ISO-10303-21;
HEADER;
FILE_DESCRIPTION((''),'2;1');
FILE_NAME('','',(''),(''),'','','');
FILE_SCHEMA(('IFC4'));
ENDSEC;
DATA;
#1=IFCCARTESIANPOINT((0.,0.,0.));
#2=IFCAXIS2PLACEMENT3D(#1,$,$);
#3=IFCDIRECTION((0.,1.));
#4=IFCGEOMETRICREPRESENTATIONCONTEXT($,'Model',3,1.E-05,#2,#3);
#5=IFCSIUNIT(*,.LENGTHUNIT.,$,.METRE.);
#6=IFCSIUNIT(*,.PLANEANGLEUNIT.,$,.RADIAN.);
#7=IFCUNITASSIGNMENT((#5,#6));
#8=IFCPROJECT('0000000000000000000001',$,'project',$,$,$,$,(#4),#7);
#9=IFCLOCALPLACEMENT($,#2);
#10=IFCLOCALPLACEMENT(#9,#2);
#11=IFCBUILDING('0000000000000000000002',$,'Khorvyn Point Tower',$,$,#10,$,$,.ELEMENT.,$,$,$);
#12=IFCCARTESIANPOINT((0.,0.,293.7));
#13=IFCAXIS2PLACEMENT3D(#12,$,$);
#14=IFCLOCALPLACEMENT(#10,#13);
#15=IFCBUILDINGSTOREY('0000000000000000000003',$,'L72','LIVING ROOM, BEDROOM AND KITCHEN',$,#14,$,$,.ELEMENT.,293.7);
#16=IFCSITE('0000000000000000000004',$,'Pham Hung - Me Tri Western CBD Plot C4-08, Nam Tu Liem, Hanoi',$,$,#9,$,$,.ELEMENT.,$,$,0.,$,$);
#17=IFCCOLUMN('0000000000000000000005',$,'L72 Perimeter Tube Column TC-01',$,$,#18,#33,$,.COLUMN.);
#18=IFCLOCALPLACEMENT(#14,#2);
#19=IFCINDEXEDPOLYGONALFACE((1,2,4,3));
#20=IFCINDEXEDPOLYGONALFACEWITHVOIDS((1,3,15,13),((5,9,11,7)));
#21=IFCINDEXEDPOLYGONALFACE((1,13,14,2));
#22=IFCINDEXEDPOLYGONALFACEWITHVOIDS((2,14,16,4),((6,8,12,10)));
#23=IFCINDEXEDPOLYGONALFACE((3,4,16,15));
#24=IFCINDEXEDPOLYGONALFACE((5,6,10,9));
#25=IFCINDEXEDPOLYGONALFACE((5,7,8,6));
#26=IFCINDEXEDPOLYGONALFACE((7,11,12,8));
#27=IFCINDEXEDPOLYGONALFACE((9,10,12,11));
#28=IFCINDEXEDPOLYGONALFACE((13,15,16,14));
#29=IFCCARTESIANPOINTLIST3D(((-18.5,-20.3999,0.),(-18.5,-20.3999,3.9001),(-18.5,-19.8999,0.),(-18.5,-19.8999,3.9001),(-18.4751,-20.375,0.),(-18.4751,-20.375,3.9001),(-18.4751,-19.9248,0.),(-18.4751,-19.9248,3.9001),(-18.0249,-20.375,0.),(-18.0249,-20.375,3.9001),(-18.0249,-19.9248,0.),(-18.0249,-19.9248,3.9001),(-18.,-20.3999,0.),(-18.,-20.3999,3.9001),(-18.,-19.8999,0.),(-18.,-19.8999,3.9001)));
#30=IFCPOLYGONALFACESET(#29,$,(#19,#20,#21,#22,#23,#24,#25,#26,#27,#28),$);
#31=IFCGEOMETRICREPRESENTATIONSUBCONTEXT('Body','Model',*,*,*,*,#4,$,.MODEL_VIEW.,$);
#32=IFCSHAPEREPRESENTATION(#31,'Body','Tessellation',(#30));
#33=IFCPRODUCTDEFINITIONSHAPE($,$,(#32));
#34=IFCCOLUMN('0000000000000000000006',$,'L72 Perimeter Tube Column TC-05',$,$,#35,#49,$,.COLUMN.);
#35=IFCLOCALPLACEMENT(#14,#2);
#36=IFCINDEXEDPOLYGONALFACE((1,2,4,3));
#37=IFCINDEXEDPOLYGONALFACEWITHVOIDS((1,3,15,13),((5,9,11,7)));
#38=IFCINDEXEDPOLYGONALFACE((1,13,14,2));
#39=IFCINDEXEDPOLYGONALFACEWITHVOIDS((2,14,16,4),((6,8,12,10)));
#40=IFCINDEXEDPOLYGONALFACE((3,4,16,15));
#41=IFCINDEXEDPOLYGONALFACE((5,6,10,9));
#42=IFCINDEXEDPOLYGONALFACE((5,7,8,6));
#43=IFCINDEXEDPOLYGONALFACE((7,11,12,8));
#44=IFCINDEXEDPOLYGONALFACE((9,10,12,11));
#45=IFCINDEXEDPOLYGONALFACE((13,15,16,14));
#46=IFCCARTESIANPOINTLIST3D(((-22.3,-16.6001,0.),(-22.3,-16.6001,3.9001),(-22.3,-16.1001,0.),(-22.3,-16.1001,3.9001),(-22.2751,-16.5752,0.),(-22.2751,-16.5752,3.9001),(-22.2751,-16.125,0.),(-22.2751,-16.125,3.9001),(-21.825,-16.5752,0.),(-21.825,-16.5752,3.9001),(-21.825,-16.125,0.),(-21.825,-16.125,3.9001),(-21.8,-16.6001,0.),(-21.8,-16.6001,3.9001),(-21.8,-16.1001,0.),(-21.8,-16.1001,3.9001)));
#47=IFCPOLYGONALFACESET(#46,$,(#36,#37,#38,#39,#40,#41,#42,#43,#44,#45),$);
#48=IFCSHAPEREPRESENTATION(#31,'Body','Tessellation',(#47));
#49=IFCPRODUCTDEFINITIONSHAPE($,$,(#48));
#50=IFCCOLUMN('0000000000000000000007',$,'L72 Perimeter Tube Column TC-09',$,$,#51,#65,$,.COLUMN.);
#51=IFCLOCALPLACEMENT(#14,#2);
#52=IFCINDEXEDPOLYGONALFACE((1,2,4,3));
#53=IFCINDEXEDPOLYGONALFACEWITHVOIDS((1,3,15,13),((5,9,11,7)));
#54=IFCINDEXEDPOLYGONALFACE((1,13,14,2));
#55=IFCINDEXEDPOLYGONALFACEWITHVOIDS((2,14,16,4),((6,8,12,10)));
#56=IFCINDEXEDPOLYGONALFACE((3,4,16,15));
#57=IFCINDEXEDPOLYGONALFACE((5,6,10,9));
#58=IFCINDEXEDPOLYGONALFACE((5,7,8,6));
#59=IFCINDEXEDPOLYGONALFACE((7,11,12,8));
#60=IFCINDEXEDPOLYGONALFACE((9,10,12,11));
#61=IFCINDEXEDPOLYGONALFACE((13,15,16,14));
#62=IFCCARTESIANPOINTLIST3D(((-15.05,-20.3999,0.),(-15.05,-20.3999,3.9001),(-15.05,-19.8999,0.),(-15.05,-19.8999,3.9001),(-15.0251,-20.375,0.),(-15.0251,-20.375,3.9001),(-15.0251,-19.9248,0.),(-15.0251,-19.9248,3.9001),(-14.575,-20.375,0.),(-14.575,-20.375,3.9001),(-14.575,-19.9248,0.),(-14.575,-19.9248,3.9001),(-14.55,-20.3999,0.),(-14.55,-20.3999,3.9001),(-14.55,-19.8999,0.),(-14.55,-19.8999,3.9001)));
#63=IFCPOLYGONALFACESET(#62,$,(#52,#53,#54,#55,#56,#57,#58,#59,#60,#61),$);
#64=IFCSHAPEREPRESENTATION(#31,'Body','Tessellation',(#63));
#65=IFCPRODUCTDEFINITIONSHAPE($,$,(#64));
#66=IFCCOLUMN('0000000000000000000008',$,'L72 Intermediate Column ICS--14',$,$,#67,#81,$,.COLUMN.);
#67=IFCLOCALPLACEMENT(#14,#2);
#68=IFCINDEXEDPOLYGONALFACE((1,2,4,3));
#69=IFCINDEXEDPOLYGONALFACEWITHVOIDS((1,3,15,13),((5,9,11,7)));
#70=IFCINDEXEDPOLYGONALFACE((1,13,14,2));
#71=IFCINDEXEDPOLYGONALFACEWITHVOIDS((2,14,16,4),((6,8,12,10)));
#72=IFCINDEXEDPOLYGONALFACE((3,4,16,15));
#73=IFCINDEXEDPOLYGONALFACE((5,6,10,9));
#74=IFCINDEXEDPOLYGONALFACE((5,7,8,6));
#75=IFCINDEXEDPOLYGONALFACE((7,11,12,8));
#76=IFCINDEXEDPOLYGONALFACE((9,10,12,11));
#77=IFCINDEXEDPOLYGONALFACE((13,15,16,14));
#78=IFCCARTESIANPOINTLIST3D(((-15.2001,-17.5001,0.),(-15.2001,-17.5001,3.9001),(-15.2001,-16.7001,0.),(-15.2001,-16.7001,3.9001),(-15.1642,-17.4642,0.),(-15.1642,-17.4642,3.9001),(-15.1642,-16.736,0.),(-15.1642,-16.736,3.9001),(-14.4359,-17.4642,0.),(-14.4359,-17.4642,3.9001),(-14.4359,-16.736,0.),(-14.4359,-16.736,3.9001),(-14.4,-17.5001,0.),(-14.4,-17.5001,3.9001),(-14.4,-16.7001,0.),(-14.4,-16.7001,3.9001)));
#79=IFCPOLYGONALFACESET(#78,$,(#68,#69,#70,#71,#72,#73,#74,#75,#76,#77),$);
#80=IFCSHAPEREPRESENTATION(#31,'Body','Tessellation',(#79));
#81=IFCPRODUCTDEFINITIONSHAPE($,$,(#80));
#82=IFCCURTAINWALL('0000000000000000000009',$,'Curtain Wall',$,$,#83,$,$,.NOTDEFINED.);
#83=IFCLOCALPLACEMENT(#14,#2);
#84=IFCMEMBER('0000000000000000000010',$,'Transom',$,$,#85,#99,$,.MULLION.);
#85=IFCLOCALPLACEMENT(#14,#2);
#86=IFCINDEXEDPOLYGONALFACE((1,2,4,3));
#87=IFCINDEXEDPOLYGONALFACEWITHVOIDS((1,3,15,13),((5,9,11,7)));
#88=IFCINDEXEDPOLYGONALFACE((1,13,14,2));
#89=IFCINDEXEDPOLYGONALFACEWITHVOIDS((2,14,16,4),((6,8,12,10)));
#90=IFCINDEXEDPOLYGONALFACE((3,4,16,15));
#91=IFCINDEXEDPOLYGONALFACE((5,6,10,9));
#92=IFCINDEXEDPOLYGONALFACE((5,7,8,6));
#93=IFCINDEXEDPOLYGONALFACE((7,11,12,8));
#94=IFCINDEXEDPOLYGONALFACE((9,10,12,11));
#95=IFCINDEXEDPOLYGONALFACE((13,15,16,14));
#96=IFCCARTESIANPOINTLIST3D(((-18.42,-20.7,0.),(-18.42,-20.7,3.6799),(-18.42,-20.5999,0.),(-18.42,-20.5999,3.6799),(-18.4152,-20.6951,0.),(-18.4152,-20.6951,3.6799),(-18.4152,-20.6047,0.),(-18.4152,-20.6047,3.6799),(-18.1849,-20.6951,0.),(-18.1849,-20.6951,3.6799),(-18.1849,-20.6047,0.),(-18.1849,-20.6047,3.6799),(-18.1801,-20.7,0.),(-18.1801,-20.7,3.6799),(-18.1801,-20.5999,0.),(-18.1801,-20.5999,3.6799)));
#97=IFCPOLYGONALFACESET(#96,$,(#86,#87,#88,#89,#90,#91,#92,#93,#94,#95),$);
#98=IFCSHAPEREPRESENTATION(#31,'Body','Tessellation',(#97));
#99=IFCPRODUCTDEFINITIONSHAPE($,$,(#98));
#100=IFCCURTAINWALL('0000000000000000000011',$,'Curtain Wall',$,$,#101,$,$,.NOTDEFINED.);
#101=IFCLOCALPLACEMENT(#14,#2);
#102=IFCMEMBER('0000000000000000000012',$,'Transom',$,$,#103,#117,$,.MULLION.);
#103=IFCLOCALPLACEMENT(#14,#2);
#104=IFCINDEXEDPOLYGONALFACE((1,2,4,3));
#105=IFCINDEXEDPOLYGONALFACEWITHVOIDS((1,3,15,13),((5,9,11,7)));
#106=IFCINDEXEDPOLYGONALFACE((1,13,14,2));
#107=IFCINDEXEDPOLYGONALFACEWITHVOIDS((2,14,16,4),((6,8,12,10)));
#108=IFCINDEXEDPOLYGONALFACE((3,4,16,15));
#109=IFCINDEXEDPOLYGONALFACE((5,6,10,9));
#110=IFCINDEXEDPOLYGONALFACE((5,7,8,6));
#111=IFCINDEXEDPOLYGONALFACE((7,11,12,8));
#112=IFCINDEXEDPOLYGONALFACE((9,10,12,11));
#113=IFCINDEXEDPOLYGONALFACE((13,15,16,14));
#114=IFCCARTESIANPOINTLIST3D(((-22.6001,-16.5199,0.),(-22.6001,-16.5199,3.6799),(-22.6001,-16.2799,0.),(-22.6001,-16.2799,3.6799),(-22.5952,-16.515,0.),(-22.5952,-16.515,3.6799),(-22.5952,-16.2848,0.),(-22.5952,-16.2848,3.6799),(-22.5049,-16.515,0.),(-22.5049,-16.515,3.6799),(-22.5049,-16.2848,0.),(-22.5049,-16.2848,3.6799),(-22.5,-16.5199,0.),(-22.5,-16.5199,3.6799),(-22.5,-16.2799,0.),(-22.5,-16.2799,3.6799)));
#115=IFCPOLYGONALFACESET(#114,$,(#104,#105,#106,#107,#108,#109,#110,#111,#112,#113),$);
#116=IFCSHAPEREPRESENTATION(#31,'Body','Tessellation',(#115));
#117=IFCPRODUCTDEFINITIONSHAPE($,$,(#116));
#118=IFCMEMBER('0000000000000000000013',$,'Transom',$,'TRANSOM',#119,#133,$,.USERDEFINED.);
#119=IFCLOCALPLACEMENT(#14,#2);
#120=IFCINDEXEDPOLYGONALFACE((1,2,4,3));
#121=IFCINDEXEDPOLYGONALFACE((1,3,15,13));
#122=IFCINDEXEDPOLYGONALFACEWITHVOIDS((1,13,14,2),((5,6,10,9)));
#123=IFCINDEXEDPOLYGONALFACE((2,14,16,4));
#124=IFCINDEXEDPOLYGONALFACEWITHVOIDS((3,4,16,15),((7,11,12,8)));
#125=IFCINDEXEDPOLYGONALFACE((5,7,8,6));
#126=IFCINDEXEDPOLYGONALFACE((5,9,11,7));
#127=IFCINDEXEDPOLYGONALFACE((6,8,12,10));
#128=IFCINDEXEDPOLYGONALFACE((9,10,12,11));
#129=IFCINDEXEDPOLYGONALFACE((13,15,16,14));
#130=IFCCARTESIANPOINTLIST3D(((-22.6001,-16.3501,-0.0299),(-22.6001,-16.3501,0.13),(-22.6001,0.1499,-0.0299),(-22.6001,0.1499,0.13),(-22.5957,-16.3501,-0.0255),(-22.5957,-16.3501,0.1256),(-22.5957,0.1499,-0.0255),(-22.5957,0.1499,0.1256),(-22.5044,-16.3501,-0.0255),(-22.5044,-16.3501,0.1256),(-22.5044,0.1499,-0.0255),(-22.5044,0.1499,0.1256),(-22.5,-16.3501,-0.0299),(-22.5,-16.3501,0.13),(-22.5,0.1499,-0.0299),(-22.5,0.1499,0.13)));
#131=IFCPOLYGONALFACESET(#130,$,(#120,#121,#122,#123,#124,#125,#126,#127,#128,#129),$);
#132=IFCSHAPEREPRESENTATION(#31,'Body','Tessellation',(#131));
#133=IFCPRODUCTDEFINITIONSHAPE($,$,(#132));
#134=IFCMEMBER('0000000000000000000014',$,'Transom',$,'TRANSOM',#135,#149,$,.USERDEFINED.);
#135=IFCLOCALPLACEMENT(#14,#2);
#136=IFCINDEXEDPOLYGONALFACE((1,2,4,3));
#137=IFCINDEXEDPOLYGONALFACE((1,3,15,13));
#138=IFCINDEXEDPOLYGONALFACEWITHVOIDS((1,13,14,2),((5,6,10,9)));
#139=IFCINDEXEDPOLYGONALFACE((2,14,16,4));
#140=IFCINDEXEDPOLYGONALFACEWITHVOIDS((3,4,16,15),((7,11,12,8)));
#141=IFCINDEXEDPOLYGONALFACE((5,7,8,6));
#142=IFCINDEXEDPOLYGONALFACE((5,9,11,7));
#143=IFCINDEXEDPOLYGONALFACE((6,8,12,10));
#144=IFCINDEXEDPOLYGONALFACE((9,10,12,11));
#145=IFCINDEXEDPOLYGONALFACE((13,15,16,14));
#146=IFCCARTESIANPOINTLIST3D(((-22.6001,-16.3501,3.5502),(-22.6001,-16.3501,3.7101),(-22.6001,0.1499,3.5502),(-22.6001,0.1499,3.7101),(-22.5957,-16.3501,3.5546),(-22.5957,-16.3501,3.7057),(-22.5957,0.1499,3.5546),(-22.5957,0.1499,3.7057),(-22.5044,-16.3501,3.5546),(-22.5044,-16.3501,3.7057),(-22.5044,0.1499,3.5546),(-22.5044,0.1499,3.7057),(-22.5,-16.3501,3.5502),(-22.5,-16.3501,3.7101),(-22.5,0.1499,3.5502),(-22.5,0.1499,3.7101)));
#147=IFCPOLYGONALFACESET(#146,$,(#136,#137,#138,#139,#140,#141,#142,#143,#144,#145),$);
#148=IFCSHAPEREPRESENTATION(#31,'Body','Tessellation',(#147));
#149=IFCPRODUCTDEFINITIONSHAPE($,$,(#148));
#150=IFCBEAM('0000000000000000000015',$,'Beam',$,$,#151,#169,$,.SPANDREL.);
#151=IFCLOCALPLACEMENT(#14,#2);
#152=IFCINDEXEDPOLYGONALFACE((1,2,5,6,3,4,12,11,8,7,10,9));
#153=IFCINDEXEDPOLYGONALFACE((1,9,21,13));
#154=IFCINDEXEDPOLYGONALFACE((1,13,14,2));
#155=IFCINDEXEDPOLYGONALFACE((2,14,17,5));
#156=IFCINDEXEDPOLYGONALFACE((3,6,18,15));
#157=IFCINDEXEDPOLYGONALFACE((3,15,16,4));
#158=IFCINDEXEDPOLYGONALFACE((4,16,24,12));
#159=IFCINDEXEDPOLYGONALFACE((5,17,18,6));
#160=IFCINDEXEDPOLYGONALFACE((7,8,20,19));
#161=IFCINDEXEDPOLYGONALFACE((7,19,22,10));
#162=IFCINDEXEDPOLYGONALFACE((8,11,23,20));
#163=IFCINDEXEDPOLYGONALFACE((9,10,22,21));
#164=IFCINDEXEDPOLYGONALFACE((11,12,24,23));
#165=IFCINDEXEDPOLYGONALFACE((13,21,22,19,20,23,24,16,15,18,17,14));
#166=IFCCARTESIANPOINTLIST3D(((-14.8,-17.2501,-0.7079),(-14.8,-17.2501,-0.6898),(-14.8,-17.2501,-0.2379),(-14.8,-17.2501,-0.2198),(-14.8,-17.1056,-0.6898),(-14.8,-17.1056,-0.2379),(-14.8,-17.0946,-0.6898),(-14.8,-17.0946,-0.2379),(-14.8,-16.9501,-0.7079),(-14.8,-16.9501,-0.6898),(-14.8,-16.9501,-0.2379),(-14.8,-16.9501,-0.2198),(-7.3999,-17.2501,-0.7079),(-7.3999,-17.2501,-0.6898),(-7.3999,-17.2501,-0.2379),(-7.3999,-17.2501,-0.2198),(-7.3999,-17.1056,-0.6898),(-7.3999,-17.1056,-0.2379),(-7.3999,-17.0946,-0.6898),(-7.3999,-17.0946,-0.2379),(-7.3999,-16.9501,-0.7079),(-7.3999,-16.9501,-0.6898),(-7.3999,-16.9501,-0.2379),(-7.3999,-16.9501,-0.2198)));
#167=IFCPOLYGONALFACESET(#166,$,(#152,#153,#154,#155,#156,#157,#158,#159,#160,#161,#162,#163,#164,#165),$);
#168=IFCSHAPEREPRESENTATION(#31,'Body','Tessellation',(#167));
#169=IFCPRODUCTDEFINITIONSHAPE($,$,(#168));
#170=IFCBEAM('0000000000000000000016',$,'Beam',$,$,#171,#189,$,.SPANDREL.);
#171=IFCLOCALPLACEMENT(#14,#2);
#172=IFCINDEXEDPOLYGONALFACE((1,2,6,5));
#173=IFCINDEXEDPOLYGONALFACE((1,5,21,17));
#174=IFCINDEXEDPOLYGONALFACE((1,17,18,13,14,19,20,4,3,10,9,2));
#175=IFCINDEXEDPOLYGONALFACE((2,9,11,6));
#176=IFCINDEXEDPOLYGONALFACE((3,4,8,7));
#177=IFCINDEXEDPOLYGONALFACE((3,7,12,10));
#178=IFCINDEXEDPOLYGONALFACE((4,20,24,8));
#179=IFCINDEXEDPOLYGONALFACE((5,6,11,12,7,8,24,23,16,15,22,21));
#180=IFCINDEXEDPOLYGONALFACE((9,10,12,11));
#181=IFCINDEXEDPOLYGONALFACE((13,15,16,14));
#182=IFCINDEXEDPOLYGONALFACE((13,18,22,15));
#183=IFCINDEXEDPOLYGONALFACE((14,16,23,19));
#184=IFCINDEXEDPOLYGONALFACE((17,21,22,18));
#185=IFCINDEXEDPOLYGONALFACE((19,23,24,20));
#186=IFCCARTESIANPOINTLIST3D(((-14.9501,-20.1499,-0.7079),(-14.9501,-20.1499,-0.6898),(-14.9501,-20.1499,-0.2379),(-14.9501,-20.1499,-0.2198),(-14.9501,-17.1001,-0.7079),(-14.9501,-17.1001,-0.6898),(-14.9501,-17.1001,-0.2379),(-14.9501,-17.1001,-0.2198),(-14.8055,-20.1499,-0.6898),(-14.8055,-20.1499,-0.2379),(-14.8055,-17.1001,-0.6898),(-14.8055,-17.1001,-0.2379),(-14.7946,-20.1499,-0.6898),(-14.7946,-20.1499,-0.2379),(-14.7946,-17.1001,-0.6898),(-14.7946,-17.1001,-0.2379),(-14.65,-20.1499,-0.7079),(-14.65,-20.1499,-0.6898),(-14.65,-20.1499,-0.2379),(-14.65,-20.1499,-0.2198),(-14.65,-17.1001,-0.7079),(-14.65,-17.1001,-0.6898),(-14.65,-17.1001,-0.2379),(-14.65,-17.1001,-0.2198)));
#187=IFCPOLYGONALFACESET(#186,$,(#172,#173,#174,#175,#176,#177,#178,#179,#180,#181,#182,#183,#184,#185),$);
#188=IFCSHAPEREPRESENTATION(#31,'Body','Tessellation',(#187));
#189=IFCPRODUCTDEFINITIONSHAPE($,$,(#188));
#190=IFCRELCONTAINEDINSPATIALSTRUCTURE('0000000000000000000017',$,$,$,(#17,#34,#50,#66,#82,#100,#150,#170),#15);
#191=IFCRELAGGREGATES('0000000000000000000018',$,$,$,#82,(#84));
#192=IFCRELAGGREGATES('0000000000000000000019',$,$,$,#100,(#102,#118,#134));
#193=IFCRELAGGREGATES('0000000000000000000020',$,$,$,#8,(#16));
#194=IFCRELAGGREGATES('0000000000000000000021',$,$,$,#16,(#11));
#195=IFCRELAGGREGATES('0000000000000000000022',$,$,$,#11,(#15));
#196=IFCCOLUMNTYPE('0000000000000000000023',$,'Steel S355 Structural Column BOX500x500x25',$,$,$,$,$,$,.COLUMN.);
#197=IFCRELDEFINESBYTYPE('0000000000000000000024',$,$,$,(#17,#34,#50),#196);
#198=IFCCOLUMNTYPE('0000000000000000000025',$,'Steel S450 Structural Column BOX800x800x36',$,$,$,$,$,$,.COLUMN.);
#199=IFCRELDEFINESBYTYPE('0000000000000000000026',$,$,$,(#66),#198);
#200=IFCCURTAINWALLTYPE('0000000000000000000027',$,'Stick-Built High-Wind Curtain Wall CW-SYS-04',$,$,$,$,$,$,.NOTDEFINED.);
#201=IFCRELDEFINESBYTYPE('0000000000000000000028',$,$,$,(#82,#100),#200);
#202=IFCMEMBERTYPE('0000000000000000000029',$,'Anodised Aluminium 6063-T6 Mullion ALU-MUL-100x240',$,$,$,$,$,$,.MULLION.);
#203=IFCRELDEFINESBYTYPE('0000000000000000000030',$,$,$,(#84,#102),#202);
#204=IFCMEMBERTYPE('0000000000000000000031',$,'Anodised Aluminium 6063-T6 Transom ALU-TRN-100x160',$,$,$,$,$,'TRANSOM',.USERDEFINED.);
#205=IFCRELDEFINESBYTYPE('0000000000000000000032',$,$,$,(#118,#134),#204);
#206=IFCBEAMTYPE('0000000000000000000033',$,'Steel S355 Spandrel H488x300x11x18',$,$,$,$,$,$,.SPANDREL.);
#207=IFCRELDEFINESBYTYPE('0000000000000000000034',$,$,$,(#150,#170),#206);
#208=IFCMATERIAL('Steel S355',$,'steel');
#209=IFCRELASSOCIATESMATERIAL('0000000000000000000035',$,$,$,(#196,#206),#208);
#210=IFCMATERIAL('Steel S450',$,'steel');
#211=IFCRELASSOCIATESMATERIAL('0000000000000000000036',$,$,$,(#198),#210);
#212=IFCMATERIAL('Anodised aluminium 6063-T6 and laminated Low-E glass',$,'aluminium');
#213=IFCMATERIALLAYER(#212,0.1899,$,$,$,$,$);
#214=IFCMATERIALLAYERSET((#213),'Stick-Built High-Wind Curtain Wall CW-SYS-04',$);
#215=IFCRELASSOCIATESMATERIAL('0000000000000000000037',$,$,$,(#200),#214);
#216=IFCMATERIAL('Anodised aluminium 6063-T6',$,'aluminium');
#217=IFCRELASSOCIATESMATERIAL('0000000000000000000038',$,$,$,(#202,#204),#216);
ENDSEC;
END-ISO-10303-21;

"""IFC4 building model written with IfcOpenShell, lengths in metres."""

from ifc_helpers import new_model, si_unit, direction, frame, origin, origin_2d, place, context, subcontext, project, spatial, hollow_rectangle, i_section, extrude, material, layer, layer_set, material_profile, profile_set, type_object, element, aggregate, save


model = new_model("IFC4")

# Units and contexts
model_context = context("Model", 3, precision=1e-05, world=origin(), true_north=direction((0.0, 1.0)))
body_context = subcontext(model_context, "Body", "Model", "MODEL_VIEW")
ifc_project = project(units=[si_unit("LENGTHUNIT", "METRE"), si_unit("PLANEANGLEUNIT", "RADIAN")], contexts=[model_context])

# Site, building, storey
site_placement = place(None, origin())
site = spatial("IfcSite", under=ifc_project, at=site_placement, Name="Pham Hung - Me Tri Western CBD Plot C4-08, Nam Tu Liem, Hanoi", CompositionType="ELEMENT", RefElevation=0.0)
building_placement = place(site_placement, origin())
building = spatial("IfcBuilding", under=site, at=building_placement, Name="Khorvyn Point Tower", CompositionType="ELEMENT")
storey_placement = place(building_placement, frame((0.0, 0.0, 293.7)))
storey = spatial("IfcBuildingStorey", under=building, at=storey_placement, Name="L72", Description="LIVING ROOM, BEDROOM AND KITCHEN", CompositionType="ELEMENT", Elevation=293.7)

# Columns
ifc_material_1 = material(Name="Steel S355", Category="steel")
ifc_material_profile_1 = material_profile(ifc_material_1, hollow_rectangle(XDim=0.5, YDim=0.5, WallThickness=0.0249, at=origin_2d()))
ifc_profile_set_1 = profile_set([ifc_material_profile_1], Name="Steel S355 BOX500x500x25")
column_type_1 = type_object("IfcColumnType", Name="Steel S355 Structural Column BOX500x500x25", PredefinedType="COLUMN", material=ifc_profile_set_1)
for number, where, z_axis, x_axis, name in (
    (1, (-18.25, -20.1499, 0.0), (0.0, 0.0, 1.0), (1.0, 0.0, 0.0), "L72 Perimeter Tube Column TC-01"),
    (2, (-22.05, -16.3501, 0.0), (0.0, 0.0, 1.0), (1.0, 0.0, 0.0), "L72 Perimeter Tube Column TC-05"),
    (3, (-14.8, -20.1499, 0.0), (0.0, 0.0, 1.0), (1.0, 0.0, 0.0), "L72 Perimeter Tube Column TC-09"),
):
    element("IfcColumn", number, at=place(storey_placement, frame(where, z_axis=z_axis, x_axis=x_axis)), inside=storey, type_object=column_type_1, Name=name, PredefinedType="COLUMN", context=body_context, shape_type="SweptSolid", body=[
        extrude(hollow_rectangle(XDim=0.5, YDim=0.5, WallThickness=0.0249, at=origin_2d()), origin(), (0.0, 0.0, 1.0), 3.9001),
    ])
ifc_material_2 = material(Name="Steel S450", Category="steel")
ifc_material_profile_2 = material_profile(ifc_material_2, hollow_rectangle(XDim=0.8, YDim=0.8, WallThickness=0.0359, at=origin_2d()))
ifc_profile_set_2 = profile_set([ifc_material_profile_2], Name="Steel S450 BOX800x800x36")
column_type_2 = type_object("IfcColumnType", Name="Steel S450 Structural Column BOX800x800x36", PredefinedType="COLUMN", material=ifc_profile_set_2)
column_placement = place(storey_placement, frame((-14.8, -17.1001, 0.0), z_axis=(0.0, 0.0, 1.0), x_axis=(1.0, 0.0, 0.0)))
element("IfcColumn", 4, at=column_placement, inside=storey, type_object=column_type_2, Name="L72 Intermediate Column ICS--14", PredefinedType="COLUMN", context=body_context, shape_type="SweptSolid", body=[
    extrude(hollow_rectangle(XDim=0.8, YDim=0.8, WallThickness=0.0359, at=origin_2d()), origin(), (0.0, 0.0, 1.0), 3.9001),
])

# Curtain wall, member
ifc_material_3 = material(Name="Anodised aluminium 6063-T6 and laminated Low-E glass", Category="aluminium")
ifc_layer_1 = layer(ifc_material_3, 0.1899)
ifc_layer_set_1 = layer_set([ifc_layer_1], Name="Stick-Built High-Wind Curtain Wall CW-SYS-04")
curtain_wall_type = type_object("IfcCurtainWallType", Name="Stick-Built High-Wind Curtain Wall CW-SYS-04", PredefinedType="NOTDEFINED", material=ifc_layer_set_1)
curtain_wall_1_placement = place(storey_placement, origin())
curtain_wall_1 = element("IfcCurtainWall", 5, at=curtain_wall_1_placement, inside=storey, type_object=curtain_wall_type, Name="Curtain Wall", PredefinedType="NOTDEFINED")
ifc_material_4 = material(Name="Anodised aluminium 6063-T6", Category="aluminium")
ifc_material_profile_3 = material_profile(ifc_material_4, hollow_rectangle(XDim=0.1001, YDim=0.24, WallThickness=0.0049, at=origin_2d()))
ifc_profile_set_3 = profile_set([ifc_material_profile_3], Name="Anodised aluminium 6063-T6 ALU-MUL-100x240")
member_type_1 = type_object("IfcMemberType", Name="Anodised Aluminium 6063-T6 Mullion ALU-MUL-100x240", PredefinedType="MULLION", material=ifc_profile_set_3)
member_1_placement = place(storey_placement, frame((-18.3, -20.6499, 0.0), z_axis=(0.0, 0.0, 1.0), x_axis=(0.0, -1.0, 0.0)))
member_1 = element("IfcMember", 6, at=member_1_placement, type_object=member_type_1, Name="Transom", PredefinedType="MULLION", context=body_context, shape_type="SweptSolid", body=[
    extrude(hollow_rectangle(XDim=0.1001, YDim=0.24, WallThickness=0.0049, at=origin_2d()), origin(), (0.0, 0.0, 1.0), 3.6799),
])
aggregate(curtain_wall_1, [member_1])

# Curtain wall, members
curtain_wall_2_placement = place(storey_placement, origin())
curtain_wall_2 = element("IfcCurtainWall", 7, at=curtain_wall_2_placement, inside=storey, type_object=curtain_wall_type, Name="Curtain Wall", PredefinedType="NOTDEFINED")
member_2_placement = place(storey_placement, frame((-22.55, -16.3999, 0.0), z_axis=(0.0, 0.0, 1.0), x_axis=(-1.0, 0.0, 0.0)))
member_2 = element("IfcMember", 8, at=member_2_placement, type_object=member_type_1, Name="Transom", PredefinedType="MULLION", context=body_context, shape_type="SweptSolid", body=[
    extrude(hollow_rectangle(XDim=0.1001, YDim=0.24, WallThickness=0.0049, at=origin_2d()), origin(), (0.0, 0.0, 1.0), 3.6799),
])
ifc_material_profile_4 = material_profile(ifc_material_4, hollow_rectangle(XDim=0.1001, YDim=0.1599, WallThickness=0.0044, at=origin_2d()))
ifc_profile_set_4 = profile_set([ifc_material_profile_4], Name="Anodised aluminium 6063-T6 ALU-TRN-100x160")
member_type_2 = type_object("IfcMemberType", Name="Anodised Aluminium 6063-T6 Transom ALU-TRN-100x160", ElementType="TRANSOM", PredefinedType="USERDEFINED", material=ifc_profile_set_4)
member_3_placement = place(storey_placement, frame((-22.55, -16.3501, 0.05), z_axis=(0.0, 1.0, 0.0), x_axis=(-1.0, 0.0, 0.0)))
member_3 = element("IfcMember", 9, at=member_3_placement, type_object=member_type_2, Name="Transom", ObjectType="TRANSOM", PredefinedType="USERDEFINED", context=body_context, shape_type="SweptSolid", body=[
    extrude(hollow_rectangle(XDim=0.1001, YDim=0.1599, WallThickness=0.0044, at=origin_2d()), origin(), (0.0, 0.0, 1.0), 16.5),
])
member_4_placement = place(storey_placement, frame((-22.55, -16.3501, 3.6301), z_axis=(0.0, 1.0, 0.0), x_axis=(-1.0, 0.0, 0.0)))
member_4 = element("IfcMember", 10, at=member_4_placement, type_object=member_type_2, Name="Transom", ObjectType="TRANSOM", PredefinedType="USERDEFINED", context=body_context, shape_type="SweptSolid", body=[
    extrude(hollow_rectangle(XDim=0.1001, YDim=0.1599, WallThickness=0.0044, at=origin_2d()), origin(), (0.0, 0.0, 1.0), 16.5),
])
aggregate(curtain_wall_2, [member_2, member_3, member_4])

# Beams
ifc_material_profile_5 = material_profile(ifc_material_1, i_section(OverallWidth=0.3, OverallDepth=0.488, WebThickness=0.011, FlangeThickness=0.0181, at=origin_2d()))
ifc_profile_set_5 = profile_set([ifc_material_profile_5], Name="Steel S355 H488x300x11x18")
beam_type_1 = type_object("IfcBeamType", Name="Steel S355 Spandrel H488x300x11x18", PredefinedType="SPANDREL", material=ifc_profile_set_5)
beam_1_placement = place(storey_placement, frame((-14.8, -17.1001, -0.4639), z_axis=(1.0, 0.0, 0.0), x_axis=(0.0, 1.0, 0.0)))
element("IfcBeam", 11, at=beam_1_placement, inside=storey, type_object=beam_type_1, Name="Beam", PredefinedType="SPANDREL", context=body_context, shape_type="SweptSolid", body=[
    extrude(i_section(OverallWidth=0.3, OverallDepth=0.488, WebThickness=0.011, FlangeThickness=0.0181, at=origin_2d()), origin(), (0.0, 0.0, 1.0), 7.4001),
])
beam_2_placement = place(storey_placement, frame((-14.8, -20.1499, -0.4639), z_axis=(0.0, 1.0, 0.0), x_axis=(-1.0, 0.0, 0.0)))
element("IfcBeam", 12, at=beam_2_placement, inside=storey, type_object=beam_type_1, Name="Beam", PredefinedType="SPANDREL", context=body_context, shape_type="SweptSolid", body=[
    extrude(i_section(OverallWidth=0.3, OverallDepth=0.488, WebThickness=0.011, FlangeThickness=0.0181, at=origin_2d()), origin(), (0.0, 0.0, 1.0), 3.0498),
])

save(model, "model.ifc")
